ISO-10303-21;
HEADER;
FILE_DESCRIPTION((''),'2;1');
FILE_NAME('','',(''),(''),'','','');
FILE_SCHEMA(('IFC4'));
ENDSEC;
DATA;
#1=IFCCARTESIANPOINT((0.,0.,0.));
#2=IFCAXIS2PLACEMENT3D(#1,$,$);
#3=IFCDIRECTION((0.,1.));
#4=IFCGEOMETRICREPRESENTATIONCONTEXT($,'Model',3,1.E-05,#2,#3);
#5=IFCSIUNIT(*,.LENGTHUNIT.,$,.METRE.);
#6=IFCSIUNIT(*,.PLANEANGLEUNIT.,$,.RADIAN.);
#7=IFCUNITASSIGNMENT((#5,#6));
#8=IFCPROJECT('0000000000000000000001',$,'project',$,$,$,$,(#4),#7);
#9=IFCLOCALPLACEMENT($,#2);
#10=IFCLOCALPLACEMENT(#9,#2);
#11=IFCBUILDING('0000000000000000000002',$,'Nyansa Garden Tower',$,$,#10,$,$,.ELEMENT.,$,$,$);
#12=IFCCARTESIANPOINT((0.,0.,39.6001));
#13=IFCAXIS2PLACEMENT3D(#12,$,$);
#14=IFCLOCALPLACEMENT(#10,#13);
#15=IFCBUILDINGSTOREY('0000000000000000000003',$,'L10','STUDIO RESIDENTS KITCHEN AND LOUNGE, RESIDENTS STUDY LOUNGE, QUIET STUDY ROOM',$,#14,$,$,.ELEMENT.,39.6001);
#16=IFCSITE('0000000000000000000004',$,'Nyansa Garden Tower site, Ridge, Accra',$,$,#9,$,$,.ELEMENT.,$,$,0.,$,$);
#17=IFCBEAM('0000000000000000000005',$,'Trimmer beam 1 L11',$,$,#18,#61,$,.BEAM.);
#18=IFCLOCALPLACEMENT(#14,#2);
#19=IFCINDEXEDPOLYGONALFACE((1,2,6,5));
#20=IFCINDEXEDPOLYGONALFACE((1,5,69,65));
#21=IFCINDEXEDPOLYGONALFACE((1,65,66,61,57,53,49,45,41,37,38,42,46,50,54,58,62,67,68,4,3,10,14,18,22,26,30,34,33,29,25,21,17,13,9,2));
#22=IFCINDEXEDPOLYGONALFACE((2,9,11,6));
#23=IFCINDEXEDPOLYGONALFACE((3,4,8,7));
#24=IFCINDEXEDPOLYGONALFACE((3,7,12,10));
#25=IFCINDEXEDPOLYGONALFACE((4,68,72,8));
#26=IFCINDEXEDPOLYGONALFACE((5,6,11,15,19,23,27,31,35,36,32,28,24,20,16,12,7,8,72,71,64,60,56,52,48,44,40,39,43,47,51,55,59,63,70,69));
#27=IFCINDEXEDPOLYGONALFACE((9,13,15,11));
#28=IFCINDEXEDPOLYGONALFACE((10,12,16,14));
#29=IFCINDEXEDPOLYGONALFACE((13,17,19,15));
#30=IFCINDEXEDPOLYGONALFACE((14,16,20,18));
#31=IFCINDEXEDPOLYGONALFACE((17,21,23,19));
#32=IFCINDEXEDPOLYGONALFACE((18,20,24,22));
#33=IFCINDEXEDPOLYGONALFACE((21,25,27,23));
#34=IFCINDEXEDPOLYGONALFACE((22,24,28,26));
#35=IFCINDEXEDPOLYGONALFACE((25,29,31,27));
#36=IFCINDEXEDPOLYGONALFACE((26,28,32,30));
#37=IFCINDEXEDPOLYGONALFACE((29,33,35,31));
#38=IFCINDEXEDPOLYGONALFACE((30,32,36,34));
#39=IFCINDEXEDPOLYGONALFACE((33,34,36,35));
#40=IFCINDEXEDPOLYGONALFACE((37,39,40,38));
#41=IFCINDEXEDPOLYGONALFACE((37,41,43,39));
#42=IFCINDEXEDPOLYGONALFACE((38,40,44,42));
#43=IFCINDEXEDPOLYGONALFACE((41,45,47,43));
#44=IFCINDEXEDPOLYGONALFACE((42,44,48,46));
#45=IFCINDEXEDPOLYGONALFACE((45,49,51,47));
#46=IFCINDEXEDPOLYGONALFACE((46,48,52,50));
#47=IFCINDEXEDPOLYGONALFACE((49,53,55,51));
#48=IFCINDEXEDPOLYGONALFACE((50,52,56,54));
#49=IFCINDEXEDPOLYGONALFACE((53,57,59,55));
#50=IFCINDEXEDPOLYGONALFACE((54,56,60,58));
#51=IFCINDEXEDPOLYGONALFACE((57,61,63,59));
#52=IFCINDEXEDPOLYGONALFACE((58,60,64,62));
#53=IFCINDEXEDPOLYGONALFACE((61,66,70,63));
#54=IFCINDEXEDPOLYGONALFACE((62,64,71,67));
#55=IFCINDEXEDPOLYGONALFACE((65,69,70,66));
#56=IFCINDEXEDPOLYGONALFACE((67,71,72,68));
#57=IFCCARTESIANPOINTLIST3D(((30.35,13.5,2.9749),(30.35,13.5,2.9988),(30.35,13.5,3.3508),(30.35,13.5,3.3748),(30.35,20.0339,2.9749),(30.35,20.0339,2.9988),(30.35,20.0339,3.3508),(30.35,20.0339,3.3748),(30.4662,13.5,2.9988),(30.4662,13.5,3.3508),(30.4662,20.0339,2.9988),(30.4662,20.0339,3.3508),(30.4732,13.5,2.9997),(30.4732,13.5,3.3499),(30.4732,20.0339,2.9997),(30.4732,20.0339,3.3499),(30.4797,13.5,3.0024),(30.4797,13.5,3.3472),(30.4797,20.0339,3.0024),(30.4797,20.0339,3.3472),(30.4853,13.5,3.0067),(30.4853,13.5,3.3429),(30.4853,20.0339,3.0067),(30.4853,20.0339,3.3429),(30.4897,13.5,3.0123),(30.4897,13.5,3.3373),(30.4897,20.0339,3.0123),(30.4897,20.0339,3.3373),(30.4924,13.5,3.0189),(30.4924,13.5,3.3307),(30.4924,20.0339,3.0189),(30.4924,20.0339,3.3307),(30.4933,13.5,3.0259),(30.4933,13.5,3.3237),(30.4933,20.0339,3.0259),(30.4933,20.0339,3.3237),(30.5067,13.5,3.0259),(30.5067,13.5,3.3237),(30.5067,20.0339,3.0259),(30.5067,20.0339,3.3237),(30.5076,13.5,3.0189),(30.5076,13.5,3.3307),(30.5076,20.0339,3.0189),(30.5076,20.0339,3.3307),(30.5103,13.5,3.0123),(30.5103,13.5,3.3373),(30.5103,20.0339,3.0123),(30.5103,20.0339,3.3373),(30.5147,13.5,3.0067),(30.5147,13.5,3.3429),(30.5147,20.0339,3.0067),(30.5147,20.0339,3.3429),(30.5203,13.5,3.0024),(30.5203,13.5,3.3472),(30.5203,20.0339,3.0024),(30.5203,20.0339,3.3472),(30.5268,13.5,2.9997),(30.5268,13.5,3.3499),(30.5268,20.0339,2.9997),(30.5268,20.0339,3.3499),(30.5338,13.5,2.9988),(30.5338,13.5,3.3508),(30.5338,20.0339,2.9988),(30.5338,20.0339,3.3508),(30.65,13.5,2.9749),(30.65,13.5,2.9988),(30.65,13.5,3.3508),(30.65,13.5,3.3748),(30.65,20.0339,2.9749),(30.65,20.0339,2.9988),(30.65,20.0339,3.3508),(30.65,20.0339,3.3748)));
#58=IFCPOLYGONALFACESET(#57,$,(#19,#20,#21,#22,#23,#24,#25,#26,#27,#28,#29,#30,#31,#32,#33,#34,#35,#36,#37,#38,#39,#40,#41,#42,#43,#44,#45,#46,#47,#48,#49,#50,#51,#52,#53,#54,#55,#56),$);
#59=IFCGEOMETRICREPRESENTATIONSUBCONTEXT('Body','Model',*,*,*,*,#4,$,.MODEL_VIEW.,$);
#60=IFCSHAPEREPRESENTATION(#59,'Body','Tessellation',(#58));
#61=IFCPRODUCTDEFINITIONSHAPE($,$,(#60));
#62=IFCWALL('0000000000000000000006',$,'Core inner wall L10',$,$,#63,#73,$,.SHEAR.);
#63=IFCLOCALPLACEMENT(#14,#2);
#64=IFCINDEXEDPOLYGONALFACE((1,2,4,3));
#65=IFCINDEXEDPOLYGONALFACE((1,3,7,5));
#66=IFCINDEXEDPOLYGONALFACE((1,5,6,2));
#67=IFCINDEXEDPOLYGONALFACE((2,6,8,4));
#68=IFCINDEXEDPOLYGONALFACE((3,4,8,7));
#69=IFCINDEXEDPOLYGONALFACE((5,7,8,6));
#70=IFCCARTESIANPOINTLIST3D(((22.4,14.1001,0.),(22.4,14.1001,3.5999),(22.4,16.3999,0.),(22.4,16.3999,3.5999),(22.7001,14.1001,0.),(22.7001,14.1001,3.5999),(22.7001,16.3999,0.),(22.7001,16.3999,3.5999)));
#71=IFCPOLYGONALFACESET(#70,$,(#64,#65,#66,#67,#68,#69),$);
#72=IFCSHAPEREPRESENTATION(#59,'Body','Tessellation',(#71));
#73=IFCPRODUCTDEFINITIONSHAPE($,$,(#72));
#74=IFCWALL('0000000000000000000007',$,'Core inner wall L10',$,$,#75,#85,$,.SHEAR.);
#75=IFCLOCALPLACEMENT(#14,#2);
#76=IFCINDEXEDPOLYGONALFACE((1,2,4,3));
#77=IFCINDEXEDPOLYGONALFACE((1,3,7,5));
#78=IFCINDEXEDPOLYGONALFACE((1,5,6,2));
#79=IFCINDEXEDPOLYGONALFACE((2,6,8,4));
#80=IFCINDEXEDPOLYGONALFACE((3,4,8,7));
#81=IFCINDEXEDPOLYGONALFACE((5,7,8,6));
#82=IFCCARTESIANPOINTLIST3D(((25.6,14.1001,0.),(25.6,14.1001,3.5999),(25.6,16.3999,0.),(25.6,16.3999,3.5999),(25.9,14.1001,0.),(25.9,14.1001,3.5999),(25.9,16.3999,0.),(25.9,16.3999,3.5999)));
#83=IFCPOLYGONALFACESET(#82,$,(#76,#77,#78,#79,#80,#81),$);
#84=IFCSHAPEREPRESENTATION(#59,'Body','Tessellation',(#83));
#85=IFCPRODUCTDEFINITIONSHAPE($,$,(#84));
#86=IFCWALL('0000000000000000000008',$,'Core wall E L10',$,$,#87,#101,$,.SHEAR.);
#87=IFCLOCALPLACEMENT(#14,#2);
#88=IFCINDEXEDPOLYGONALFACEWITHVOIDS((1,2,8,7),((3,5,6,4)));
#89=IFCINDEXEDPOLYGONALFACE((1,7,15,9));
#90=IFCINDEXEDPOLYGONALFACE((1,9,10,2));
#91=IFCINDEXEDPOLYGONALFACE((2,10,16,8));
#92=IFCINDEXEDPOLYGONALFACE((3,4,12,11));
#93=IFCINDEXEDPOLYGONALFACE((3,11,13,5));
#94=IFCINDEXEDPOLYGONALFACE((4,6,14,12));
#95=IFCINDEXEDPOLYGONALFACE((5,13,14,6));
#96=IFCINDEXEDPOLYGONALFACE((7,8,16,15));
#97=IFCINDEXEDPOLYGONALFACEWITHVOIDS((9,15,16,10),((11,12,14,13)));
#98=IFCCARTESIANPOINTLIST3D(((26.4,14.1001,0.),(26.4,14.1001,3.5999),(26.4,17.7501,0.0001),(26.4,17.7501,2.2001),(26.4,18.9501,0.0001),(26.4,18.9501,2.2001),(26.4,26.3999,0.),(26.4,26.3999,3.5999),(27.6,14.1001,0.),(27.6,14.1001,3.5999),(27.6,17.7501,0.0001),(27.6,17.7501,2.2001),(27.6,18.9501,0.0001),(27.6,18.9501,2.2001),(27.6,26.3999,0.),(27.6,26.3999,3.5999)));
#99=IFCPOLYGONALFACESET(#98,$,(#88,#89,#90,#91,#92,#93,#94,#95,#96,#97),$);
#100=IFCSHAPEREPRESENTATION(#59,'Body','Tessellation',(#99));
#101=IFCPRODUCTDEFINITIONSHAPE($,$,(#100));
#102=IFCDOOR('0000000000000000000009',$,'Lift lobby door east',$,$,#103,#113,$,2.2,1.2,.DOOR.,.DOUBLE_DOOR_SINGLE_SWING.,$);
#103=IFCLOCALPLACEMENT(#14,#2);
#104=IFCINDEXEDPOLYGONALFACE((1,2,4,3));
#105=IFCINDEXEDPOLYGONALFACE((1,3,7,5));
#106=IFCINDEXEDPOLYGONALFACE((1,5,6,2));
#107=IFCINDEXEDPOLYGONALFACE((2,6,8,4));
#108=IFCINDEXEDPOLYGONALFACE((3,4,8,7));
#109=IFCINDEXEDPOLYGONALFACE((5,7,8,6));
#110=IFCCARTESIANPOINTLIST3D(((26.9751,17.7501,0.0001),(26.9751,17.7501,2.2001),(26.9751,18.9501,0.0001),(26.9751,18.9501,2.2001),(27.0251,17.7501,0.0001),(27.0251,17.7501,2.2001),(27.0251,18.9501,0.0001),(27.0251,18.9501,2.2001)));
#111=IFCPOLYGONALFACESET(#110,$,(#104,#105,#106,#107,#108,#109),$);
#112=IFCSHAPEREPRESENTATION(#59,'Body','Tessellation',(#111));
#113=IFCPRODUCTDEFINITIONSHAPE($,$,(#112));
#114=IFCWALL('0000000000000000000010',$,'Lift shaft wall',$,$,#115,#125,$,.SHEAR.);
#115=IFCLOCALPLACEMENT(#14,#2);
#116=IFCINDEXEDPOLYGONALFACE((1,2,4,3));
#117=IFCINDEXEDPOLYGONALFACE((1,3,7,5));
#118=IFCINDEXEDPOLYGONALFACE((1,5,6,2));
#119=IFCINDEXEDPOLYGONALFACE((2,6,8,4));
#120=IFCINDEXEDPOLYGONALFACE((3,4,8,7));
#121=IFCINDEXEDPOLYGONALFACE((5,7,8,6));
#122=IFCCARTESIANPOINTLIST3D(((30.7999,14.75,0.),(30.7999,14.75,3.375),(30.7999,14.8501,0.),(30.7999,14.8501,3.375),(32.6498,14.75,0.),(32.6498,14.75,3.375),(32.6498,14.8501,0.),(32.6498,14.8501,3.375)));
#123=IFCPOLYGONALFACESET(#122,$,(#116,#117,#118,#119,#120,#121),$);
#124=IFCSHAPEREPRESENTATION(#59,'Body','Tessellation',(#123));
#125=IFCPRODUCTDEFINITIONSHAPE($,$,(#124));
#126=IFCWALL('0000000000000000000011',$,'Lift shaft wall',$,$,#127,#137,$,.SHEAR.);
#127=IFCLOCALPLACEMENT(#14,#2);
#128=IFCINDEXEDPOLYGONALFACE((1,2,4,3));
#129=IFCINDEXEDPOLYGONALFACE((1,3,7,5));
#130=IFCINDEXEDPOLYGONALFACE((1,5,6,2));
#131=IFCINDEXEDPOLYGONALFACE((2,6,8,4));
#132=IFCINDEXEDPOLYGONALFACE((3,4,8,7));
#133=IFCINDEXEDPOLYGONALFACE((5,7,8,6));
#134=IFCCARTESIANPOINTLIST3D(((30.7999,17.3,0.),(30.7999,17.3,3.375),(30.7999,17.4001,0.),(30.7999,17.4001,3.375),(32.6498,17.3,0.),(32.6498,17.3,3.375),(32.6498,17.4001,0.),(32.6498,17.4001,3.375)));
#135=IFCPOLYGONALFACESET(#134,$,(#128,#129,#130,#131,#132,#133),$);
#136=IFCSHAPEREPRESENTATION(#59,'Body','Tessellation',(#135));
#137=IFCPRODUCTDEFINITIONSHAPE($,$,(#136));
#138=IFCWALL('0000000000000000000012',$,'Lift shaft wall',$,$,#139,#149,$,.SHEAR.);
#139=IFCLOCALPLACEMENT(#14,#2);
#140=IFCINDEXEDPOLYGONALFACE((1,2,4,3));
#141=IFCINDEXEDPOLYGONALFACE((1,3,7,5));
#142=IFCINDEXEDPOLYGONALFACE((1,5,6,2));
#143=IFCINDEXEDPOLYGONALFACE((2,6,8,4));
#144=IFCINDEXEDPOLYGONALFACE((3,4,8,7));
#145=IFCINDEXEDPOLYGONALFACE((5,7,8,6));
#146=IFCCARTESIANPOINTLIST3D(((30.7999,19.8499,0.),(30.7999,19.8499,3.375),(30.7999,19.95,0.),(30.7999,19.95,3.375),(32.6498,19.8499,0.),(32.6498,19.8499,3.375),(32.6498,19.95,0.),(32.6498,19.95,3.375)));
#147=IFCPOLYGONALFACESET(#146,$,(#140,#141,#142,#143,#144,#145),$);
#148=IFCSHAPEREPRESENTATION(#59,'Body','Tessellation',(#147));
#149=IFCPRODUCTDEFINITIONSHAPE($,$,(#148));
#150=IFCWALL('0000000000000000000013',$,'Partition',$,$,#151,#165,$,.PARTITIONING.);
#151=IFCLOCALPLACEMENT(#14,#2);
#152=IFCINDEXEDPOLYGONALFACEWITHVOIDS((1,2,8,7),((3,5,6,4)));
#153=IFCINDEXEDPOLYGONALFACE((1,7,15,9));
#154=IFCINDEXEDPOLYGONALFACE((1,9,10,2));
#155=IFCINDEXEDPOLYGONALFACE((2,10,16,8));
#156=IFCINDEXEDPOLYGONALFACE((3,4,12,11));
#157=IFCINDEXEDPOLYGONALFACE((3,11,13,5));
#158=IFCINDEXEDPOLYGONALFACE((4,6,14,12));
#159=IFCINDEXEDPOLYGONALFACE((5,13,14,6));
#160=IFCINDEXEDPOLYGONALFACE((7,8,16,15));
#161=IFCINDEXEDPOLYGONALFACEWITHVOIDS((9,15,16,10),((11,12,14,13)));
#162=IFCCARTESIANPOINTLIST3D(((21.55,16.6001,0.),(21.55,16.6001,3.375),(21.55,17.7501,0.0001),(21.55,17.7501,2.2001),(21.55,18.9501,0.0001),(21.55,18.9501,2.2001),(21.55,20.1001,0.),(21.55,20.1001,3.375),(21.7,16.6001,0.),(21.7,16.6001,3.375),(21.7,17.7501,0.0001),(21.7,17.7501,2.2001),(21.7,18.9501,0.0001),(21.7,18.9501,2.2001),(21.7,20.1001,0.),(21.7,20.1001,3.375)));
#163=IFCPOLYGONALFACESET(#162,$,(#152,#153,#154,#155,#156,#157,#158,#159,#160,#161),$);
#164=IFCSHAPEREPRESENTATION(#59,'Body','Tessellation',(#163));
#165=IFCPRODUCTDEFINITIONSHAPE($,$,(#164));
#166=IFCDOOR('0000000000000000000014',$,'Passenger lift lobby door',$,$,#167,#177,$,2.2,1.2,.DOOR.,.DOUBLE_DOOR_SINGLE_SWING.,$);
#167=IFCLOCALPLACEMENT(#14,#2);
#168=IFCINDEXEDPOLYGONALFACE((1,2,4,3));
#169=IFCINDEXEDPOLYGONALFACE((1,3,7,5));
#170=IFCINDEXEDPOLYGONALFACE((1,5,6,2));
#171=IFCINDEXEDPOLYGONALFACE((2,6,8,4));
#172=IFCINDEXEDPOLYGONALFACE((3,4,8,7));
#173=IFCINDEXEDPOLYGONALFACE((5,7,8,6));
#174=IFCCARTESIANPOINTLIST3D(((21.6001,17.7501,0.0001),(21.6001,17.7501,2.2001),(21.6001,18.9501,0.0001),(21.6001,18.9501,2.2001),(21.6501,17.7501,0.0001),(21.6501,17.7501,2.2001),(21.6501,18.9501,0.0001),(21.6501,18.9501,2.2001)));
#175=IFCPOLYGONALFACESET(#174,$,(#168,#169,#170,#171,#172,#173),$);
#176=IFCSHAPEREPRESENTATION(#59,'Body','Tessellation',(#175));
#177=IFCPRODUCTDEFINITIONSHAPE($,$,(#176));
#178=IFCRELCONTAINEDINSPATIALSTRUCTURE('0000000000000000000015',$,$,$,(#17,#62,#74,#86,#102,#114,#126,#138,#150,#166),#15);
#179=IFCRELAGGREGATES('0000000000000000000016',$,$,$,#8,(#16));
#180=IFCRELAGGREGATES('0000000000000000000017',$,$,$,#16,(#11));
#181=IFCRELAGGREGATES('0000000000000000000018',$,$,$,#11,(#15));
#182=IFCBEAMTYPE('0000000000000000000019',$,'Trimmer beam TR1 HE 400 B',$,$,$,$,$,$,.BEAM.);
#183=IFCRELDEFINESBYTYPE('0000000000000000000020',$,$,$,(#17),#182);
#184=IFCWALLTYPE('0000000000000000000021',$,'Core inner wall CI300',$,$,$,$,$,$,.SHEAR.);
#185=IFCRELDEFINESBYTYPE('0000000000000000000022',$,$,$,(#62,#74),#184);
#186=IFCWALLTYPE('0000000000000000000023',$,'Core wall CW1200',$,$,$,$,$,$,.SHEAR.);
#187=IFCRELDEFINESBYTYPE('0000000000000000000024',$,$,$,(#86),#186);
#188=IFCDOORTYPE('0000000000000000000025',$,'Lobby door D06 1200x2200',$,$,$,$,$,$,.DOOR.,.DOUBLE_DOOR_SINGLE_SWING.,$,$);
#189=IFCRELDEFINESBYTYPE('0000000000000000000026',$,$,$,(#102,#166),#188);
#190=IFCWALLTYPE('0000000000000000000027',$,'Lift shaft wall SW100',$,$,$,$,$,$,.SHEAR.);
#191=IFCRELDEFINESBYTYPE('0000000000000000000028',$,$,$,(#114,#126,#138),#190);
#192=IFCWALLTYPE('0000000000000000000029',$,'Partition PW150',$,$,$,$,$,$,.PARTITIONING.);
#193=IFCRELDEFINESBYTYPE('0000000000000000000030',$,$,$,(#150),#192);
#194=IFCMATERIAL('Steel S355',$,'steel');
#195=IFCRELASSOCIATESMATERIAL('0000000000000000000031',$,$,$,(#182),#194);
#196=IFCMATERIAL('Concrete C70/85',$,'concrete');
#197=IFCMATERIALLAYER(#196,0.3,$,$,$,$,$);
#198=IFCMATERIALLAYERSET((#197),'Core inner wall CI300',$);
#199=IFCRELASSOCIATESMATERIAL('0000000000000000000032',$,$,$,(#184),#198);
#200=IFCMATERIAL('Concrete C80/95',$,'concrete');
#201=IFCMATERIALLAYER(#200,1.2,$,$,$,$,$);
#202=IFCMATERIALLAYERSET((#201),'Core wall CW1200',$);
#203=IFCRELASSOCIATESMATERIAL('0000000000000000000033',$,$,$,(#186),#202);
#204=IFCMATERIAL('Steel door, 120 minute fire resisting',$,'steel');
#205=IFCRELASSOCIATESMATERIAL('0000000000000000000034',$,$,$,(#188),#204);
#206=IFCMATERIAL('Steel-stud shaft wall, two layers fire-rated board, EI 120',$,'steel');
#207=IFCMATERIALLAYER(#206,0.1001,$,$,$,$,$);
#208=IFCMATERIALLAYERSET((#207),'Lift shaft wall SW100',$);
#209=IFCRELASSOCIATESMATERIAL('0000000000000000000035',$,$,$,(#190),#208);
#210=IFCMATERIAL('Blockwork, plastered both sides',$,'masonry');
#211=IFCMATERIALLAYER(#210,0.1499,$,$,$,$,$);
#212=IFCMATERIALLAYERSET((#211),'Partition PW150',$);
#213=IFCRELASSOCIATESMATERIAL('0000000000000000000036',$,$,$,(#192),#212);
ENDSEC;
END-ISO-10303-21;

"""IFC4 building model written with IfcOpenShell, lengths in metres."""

from ifc_helpers import new_model, si_unit, direction, frame, frame_2d, origin, origin_2d, place, context, subcontext, project, spatial, rectangle, i_section, extrude, material, layer, layer_set, material_profile, profile_set, type_object, element, fill, save


model = new_model("IFC4")

# Units and contexts
model_context = context("Model", 3, precision=1e-05, world=origin(), true_north=direction((0.0, 1.0)))
body_context = subcontext(model_context, "Body", "Model", "MODEL_VIEW")
ifc_project = project(units=[si_unit("LENGTHUNIT", "METRE"), si_unit("PLANEANGLEUNIT", "RADIAN")], contexts=[model_context])

# Site, building, storey
site_placement = place(None, origin())
site = spatial("IfcSite", under=ifc_project, at=site_placement, Name="Nyansa Garden Tower site, Ridge, Accra", CompositionType="ELEMENT", RefElevation=0.0)
building_placement = place(site_placement, origin())
building = spatial("IfcBuilding", under=site, at=building_placement, Name="Nyansa Garden Tower", CompositionType="ELEMENT")
storey_placement = place(building_placement, frame((0.0, 0.0, 39.6001)))
storey = spatial("IfcBuildingStorey", under=building, at=storey_placement, Name="L10", Description="STUDIO RESIDENTS KITCHEN AND LOUNGE, RESIDENTS STUDY LOUNGE, QUIET STUDY ROOM", CompositionType="ELEMENT", Elevation=39.6001)

# Beam
ifc_material_1 = material(Name="Steel S355", Category="steel")
ifc_material_profile_1 = material_profile(ifc_material_1, i_section(OverallWidth=0.3, OverallDepth=0.3999, WebThickness=0.0134, FlangeThickness=0.0239, FilletRadius=0.0271, at=origin_2d()), Name="HE 400 B")
ifc_profile_set_1 = profile_set([ifc_material_profile_1], Name="Steel S355")
beam_type_1 = type_object("IfcBeamType", Name="Trimmer beam TR1 HE 400 B", PredefinedType="BEAM", material=ifc_profile_set_1)
beam_1_placement = place(storey_placement, frame((30.5, 13.5, 3.1748), z_axis=(0.0, 1.0, 0.0), x_axis=(-1.0, 0.0, 0.0)))
element("IfcBeam", 1, at=beam_1_placement, inside=storey, type_object=beam_type_1, Name="Trimmer beam 1 L11", PredefinedType="BEAM", context=body_context, shape_type="SweptSolid", body=[
    extrude(i_section(OverallWidth=0.3, OverallDepth=0.3999, WebThickness=0.0134, FlangeThickness=0.0239, FilletRadius=0.0271, at=origin_2d()), origin(), (0.0, 0.0, 1.0), 6.5339),
])

# Walls
ifc_material_2 = material(Name="Concrete C70/85", Category="concrete")
ifc_layer_1 = layer(ifc_material_2, 0.3)
ifc_layer_set_1 = layer_set([ifc_layer_1], Name="Core inner wall CI300")
wall_type_1 = type_object("IfcWallType", Name="Core inner wall CI300", PredefinedType="SHEAR", material=ifc_layer_set_1)
for number, where, z_axis, x_axis, name in (
    (2, (22.55, 14.1001, 0.0), (0.0, 0.0, 1.0), (0.0, 1.0, 0.0), "Core inner wall L10"),
    (3, (25.75, 14.1001, 0.0), (0.0, 0.0, 1.0), (0.0, 1.0, 0.0), "Core inner wall L10"),
):
    element("IfcWall", number, at=place(storey_placement, frame(where, z_axis=z_axis, x_axis=x_axis)), inside=storey, type_object=wall_type_1, Name=name, PredefinedType="SHEAR", context=body_context, shape_type="SweptSolid", body=[
        extrude(rectangle(XDim=2.2998, YDim=0.3, at=frame_2d((1.1499, 0.0))), origin(), (0.0, 0.0, 1.0), 3.5999),
    ])

# Wall, opening, door
ifc_material_3 = material(Name="Concrete C80/95", Category="concrete")
ifc_layer_2 = layer(ifc_material_3, 1.2)
ifc_layer_set_2 = layer_set([ifc_layer_2], Name="Core wall CW1200")
wall_type_2 = type_object("IfcWallType", Name="Core wall CW1200", PredefinedType="SHEAR", material=ifc_layer_set_2)
wall_1_placement = place(storey_placement, frame((27.0, 14.1001, 0.0), z_axis=(0.0, 0.0, 1.0), x_axis=(0.0, 1.0, 0.0)))
wall_1 = element("IfcWall", 4, at=wall_1_placement, inside=storey, type_object=wall_type_2, Name="Core wall E L10", PredefinedType="SHEAR", context=body_context, shape_type="SweptSolid", body=[
    extrude(rectangle(XDim=12.2998, YDim=1.2, at=frame_2d((6.1499, 0.0))), origin(), (0.0, 0.0, 1.0), 3.5999),
])
opening_1_placement = place(wall_1_placement, frame((3.6499, 0.0, 0.0)))
opening_1 = element("IfcOpeningElement", 5, at=opening_1_placement, cuts=wall_1, PredefinedType="OPENING", context=body_context, shape_type="SweptSolid", body=[
    extrude(rectangle(XDim=1.2, YDim=2.2, at=frame_2d((0.6001, 1.1001))), frame((0.0, 0.6099, 0.0), z_axis=(0.0, -1.0, 0.0), x_axis=(1.0, 0.0, 0.0)), (0.0, 0.0, 1.0), 1.22),
])
ifc_material_4 = material(Name="Steel door, 120 minute fire resisting", Category="steel")
door_type_1 = type_object("IfcDoorType", Name="Lobby door D06 1200x2200", OperationType="DOUBLE_DOOR_SINGLE_SWING", PredefinedType="DOOR", material=ifc_material_4)
door_1_placement = place(opening_1_placement, origin())
door_1 = element("IfcDoor", 6, at=door_1_placement, inside=storey, type_object=door_type_1, Name="Lift lobby door east", OperationType="DOUBLE_DOOR_SINGLE_SWING", OverallHeight=2.2, OverallWidth=1.2, PredefinedType="DOOR", context=body_context, shape_type="SweptSolid", body=[
    extrude(rectangle(XDim=1.2, YDim=2.2, at=frame_2d((0.6001, 1.1001))), frame((0.0, 0.0249, 0.0), z_axis=(0.0, -1.0, 0.0), x_axis=(1.0, 0.0, 0.0)), (0.0, 0.0, 1.0), 0.05),
])
fill(opening_1, door_1)

# Walls
ifc_material_5 = material(Name="Steel-stud shaft wall, two layers fire-rated board, EI 120", Category="steel")
ifc_layer_3 = layer(ifc_material_5, 0.1001)
ifc_layer_set_3 = layer_set([ifc_layer_3], Name="Lift shaft wall SW100")
wall_type_3 = type_object("IfcWallType", Name="Lift shaft wall SW100", PredefinedType="SHEAR", material=ifc_layer_set_3)
for number, where, z_axis, x_axis, name in (
    (7, (30.8, 14.8, 0.0), (0.0, 0.0, 1.0), (1.0, 0.0, 0.0), "Lift shaft wall"),
    (8, (30.8, 17.3501, 0.0), (0.0, 0.0, 1.0), (1.0, 0.0, 0.0), "Lift shaft wall"),
    (9, (30.8, 19.8999, 0.0), (0.0, 0.0, 1.0), (1.0, 0.0, 0.0), "Lift shaft wall"),
):
    element("IfcWall", number, at=place(storey_placement, frame(where, z_axis=z_axis, x_axis=x_axis)), inside=storey, type_object=wall_type_3, Name=name, PredefinedType="SHEAR", context=body_context, shape_type="SweptSolid", body=[
        extrude(rectangle(XDim=1.8499, YDim=0.1001, at=frame_2d((0.9248, 0.0))), origin(), (0.0, 0.0, 1.0), 3.375),
    ])

# Wall, opening, door
ifc_material_6 = material(Name="Blockwork, plastered both sides", Category="masonry")
ifc_layer_4 = layer(ifc_material_6, 0.1499)
ifc_layer_set_4 = layer_set([ifc_layer_4], Name="Partition PW150")
wall_type_4 = type_object("IfcWallType", Name="Partition PW150", PredefinedType="PARTITIONING", material=ifc_layer_set_4)
wall_2_placement = place(storey_placement, frame((21.625, 16.6001, 0.0), z_axis=(0.0, 0.0, 1.0), x_axis=(0.0, 1.0, 0.0)))
wall_2 = element("IfcWall", 10, at=wall_2_placement, inside=storey, type_object=wall_type_4, Name="Partition", PredefinedType="PARTITIONING", context=body_context, shape_type="SweptSolid", body=[
    extrude(rectangle(XDim=3.5, YDim=0.1499, at=frame_2d((1.75, 0.0))), origin(), (0.0, 0.0, 1.0), 3.375),
])
opening_2_placement = place(wall_2_placement, frame((1.1499, 0.0, 0.0)))
opening_2 = element("IfcOpeningElement", 11, at=opening_2_placement, cuts=wall_2, PredefinedType="OPENING", context=body_context, shape_type="SweptSolid", body=[
    extrude(rectangle(XDim=1.2, YDim=2.2, at=frame_2d((0.6001, 1.1001))), frame((0.0, 0.085, 0.0), z_axis=(0.0, -1.0, 0.0), x_axis=(1.0, 0.0, 0.0)), (0.0, 0.0, 1.0), 0.1699),
])
door_2_placement = place(opening_2_placement, origin())
door_2 = element("IfcDoor", 12, at=door_2_placement, inside=storey, type_object=door_type_1, Name="Passenger lift lobby door", OperationType="DOUBLE_DOOR_SINGLE_SWING", OverallHeight=2.2, OverallWidth=1.2, PredefinedType="DOOR", context=body_context, shape_type="SweptSolid", body=[
    extrude(rectangle(XDim=1.2, YDim=2.2, at=frame_2d((0.6001, 1.1001))), frame((0.0, 0.0249, 0.0), z_axis=(0.0, -1.0, 0.0), x_axis=(1.0, 0.0, 0.0)), (0.0, 0.0, 1.0), 0.05),
])
fill(opening_2, door_2)

save(model, "model.ifc")
